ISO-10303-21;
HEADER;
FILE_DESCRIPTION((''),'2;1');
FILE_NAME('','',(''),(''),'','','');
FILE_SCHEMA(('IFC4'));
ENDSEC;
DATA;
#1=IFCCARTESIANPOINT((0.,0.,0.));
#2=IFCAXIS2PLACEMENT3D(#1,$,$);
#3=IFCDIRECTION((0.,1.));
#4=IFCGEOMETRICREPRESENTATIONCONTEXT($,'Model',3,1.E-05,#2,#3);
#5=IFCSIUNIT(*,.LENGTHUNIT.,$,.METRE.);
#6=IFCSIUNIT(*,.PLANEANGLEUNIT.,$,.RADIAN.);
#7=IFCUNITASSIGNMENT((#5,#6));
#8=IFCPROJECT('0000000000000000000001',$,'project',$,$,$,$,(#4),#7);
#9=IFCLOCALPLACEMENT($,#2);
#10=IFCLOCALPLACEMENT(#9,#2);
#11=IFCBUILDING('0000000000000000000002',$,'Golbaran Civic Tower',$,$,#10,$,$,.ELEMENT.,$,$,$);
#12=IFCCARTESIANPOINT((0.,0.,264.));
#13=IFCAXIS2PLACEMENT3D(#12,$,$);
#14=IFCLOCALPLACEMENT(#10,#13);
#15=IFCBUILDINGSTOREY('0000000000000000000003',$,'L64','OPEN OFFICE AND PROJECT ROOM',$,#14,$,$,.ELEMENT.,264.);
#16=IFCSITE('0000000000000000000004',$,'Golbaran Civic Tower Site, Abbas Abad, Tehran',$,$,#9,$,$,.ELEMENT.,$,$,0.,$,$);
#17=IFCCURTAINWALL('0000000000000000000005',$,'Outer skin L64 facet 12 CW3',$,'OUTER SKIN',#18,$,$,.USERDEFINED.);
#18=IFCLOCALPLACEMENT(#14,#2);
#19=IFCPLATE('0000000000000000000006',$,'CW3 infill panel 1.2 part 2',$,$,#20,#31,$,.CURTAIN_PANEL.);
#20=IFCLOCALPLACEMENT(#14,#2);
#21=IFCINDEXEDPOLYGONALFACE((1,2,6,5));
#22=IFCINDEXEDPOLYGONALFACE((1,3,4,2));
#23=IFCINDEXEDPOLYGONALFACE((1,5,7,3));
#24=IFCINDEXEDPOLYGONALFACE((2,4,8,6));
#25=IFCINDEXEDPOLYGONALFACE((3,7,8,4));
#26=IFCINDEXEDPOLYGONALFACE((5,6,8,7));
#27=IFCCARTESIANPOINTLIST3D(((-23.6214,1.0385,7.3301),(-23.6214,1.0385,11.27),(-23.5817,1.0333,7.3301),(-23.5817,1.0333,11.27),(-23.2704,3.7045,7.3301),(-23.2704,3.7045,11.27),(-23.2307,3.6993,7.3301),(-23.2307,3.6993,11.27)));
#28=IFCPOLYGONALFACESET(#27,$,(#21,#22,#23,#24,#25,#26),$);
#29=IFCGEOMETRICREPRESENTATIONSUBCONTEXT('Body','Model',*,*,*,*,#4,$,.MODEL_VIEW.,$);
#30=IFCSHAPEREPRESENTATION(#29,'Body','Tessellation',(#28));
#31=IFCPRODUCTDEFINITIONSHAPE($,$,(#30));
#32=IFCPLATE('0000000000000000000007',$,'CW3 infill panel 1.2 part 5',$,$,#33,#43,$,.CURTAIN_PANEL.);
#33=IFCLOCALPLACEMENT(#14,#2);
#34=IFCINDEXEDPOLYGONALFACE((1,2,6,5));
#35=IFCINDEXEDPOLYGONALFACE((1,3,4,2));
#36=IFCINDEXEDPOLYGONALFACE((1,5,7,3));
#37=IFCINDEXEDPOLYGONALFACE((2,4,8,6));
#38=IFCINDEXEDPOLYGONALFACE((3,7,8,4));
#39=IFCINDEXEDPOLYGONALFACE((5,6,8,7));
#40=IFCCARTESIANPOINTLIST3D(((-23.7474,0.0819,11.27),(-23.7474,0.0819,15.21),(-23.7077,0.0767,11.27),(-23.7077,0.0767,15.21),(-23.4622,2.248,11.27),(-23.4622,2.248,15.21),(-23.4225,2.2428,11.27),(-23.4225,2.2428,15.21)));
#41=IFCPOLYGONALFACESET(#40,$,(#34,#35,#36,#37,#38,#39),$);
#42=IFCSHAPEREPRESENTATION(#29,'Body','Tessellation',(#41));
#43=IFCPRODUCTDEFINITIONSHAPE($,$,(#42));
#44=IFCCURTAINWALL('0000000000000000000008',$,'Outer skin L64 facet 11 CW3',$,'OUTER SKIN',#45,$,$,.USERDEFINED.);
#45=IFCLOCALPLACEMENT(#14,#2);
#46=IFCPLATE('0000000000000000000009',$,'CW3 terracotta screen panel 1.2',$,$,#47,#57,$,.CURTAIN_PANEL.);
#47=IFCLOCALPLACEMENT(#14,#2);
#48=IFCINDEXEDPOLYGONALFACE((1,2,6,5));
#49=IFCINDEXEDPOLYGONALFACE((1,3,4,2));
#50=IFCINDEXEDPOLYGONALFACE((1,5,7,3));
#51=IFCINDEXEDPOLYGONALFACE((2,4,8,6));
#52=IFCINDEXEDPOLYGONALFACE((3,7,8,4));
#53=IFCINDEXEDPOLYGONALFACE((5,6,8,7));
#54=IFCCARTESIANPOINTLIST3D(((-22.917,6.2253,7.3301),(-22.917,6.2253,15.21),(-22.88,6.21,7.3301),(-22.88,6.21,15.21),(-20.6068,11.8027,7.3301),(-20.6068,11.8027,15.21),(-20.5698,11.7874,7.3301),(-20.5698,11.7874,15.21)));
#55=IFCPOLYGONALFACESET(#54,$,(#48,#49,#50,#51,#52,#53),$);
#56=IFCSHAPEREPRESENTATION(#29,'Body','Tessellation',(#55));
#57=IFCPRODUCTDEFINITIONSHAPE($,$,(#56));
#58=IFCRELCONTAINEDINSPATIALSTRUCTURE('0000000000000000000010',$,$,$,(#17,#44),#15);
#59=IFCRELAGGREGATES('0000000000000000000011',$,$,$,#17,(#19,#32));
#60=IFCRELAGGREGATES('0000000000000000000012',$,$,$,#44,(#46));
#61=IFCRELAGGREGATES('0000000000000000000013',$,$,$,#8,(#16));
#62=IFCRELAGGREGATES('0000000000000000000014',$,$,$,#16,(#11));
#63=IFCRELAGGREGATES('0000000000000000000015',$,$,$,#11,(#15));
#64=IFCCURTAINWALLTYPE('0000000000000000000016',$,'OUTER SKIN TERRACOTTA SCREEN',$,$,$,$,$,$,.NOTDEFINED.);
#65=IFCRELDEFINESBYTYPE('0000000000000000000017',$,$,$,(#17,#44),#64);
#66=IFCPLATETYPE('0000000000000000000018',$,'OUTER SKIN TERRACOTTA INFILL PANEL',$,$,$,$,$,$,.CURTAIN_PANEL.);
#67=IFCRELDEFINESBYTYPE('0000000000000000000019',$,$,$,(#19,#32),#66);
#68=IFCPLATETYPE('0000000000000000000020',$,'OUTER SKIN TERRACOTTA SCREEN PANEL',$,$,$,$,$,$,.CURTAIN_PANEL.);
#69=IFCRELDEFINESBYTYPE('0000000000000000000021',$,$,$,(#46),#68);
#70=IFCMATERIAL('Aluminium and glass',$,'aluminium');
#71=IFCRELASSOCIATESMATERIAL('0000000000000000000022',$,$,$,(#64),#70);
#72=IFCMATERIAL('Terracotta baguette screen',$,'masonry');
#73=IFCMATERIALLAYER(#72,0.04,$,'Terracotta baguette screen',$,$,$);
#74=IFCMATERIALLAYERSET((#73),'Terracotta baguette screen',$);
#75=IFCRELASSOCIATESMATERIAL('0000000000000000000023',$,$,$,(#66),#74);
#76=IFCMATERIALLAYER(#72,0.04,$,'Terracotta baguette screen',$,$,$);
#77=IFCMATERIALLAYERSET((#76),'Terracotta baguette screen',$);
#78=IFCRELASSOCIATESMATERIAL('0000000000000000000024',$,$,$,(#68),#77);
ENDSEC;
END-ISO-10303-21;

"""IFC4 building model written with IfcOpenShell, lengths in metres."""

from ifc_helpers import new_model, si_unit, direction, frame, origin, origin_2d, place, context, subcontext, project, spatial, rectangle, extrude, material, layer, layer_set, type_object, element, aggregate, save


model = new_model("IFC4")

# Units and contexts
model_context = context("Model", 3, precision=1e-05, world=origin(), true_north=direction((0.0, 1.0)))
body_context = subcontext(model_context, "Body", "Model", "MODEL_VIEW")
ifc_project = project(units=[si_unit("LENGTHUNIT", "METRE"), si_unit("PLANEANGLEUNIT", "RADIAN")], contexts=[model_context])

# Site, building, storey
site_placement = place(None, origin())
site = spatial("IfcSite", under=ifc_project, at=site_placement, Name="Golbaran Civic Tower Site, Abbas Abad, Tehran", CompositionType="ELEMENT", RefElevation=0.0)
building_placement = place(site_placement, origin())
building = spatial("IfcBuilding", under=site, at=building_placement, Name="Golbaran Civic Tower", CompositionType="ELEMENT")
storey_placement = place(building_placement, frame((0.0, 0.0, 264.0)))
storey = spatial("IfcBuildingStorey", under=building, at=storey_placement, Name="L64", Description="OPEN OFFICE AND PROJECT ROOM", CompositionType="ELEMENT", Elevation=264.0)

# Curtain wall
ifc_material_1 = material(Name="Aluminium and glass", Category="aluminium")
curtain_wall_type_1 = type_object("IfcCurtainWallType", Name="OUTER SKIN TERRACOTTA SCREEN", PredefinedType="NOTDEFINED", material=ifc_material_1)
curtain_wall_1_placement = place(storey_placement, origin())
curtain_wall_1 = element("IfcCurtainWall", 1, at=curtain_wall_1_placement, inside=storey, type_object=curtain_wall_type_1, Name="Outer skin L64 facet 12 CW3", ObjectType="OUTER SKIN", PredefinedType="USERDEFINED")

# Plates
ifc_material_2 = material(Name="Terracotta baguette screen", Category="masonry")
ifc_layer_1 = layer(ifc_material_2, 0.04, Name="Terracotta baguette screen")
ifc_layer_set_1 = layer_set([ifc_layer_1], Name="Terracotta baguette screen")
plate_type_1 = type_object("IfcPlateType", Name="OUTER SKIN TERRACOTTA INFILL PANEL", PredefinedType="CURTAIN_PANEL", material=ifc_layer_set_1)
plate_1_placement = place(storey_placement, frame((-23.426, 2.3689, 7.3301), z_axis=(0.0, 0.0, 1.0), x_axis=(-0.130526, -0.991445, 0.0)))
plate_1 = element("IfcPlate", 2, at=plate_1_placement, type_object=plate_type_1, Name="CW3 infill panel 1.2 part 2", PredefinedType="CURTAIN_PANEL", context=body_context, shape_type="SweptSolid", body=[
    extrude(rectangle(XDim=2.689, YDim=0.04, at=origin_2d()), origin(), (0.0, 0.0, 1.0), 3.9399),
])
plate_2_placement = place(storey_placement, frame((-23.585, 1.1624, 11.27), z_axis=(0.0, 0.0, 1.0), x_axis=(-0.130526, -0.991445, 0.0)))
plate_2 = element("IfcPlate", 3, at=plate_2_placement, type_object=plate_type_1, Name="CW3 infill panel 1.2 part 5", PredefinedType="CURTAIN_PANEL", context=body_context, shape_type="SweptSolid", body=[
    extrude(rectangle(XDim=2.1848, YDim=0.04, at=origin_2d()), origin(), (0.0, 0.0, 1.0), 3.9399),
])
aggregate(curtain_wall_1, [plate_1, plate_2])

# Curtain wall, plate
curtain_wall_2_placement = place(storey_placement, origin())
curtain_wall_2 = element("IfcCurtainWall", 4, at=curtain_wall_2_placement, inside=storey, type_object=curtain_wall_type_1, Name="Outer skin L64 facet 11 CW3", ObjectType="OUTER SKIN", PredefinedType="USERDEFINED")
ifc_layer_2 = layer(ifc_material_2, 0.04, Name="Terracotta baguette screen")
ifc_layer_set_2 = layer_set([ifc_layer_2], Name="Terracotta baguette screen")
plate_type_2 = type_object("IfcPlateType", Name="OUTER SKIN TERRACOTTA SCREEN PANEL", PredefinedType="CURTAIN_PANEL", material=ifc_layer_set_2)
plate_3_placement = place(storey_placement, frame((-21.7434, 9.0063, 7.3301), z_axis=(0.0, 0.0, 1.0), x_axis=(-0.382683, -0.92388, 0.0)))
plate_3 = element("IfcPlate", 5, at=plate_3_placement, type_object=plate_type_2, Name="CW3 terracotta screen panel 1.2", PredefinedType="CURTAIN_PANEL", context=body_context, shape_type="SweptSolid", body=[
    extrude(rectangle(XDim=6.0369, YDim=0.04, at=origin_2d()), origin(), (0.0, 0.0, 1.0), 7.8799),
])
aggregate(curtain_wall_2, [plate_3])

save(model, "model.ifc")
